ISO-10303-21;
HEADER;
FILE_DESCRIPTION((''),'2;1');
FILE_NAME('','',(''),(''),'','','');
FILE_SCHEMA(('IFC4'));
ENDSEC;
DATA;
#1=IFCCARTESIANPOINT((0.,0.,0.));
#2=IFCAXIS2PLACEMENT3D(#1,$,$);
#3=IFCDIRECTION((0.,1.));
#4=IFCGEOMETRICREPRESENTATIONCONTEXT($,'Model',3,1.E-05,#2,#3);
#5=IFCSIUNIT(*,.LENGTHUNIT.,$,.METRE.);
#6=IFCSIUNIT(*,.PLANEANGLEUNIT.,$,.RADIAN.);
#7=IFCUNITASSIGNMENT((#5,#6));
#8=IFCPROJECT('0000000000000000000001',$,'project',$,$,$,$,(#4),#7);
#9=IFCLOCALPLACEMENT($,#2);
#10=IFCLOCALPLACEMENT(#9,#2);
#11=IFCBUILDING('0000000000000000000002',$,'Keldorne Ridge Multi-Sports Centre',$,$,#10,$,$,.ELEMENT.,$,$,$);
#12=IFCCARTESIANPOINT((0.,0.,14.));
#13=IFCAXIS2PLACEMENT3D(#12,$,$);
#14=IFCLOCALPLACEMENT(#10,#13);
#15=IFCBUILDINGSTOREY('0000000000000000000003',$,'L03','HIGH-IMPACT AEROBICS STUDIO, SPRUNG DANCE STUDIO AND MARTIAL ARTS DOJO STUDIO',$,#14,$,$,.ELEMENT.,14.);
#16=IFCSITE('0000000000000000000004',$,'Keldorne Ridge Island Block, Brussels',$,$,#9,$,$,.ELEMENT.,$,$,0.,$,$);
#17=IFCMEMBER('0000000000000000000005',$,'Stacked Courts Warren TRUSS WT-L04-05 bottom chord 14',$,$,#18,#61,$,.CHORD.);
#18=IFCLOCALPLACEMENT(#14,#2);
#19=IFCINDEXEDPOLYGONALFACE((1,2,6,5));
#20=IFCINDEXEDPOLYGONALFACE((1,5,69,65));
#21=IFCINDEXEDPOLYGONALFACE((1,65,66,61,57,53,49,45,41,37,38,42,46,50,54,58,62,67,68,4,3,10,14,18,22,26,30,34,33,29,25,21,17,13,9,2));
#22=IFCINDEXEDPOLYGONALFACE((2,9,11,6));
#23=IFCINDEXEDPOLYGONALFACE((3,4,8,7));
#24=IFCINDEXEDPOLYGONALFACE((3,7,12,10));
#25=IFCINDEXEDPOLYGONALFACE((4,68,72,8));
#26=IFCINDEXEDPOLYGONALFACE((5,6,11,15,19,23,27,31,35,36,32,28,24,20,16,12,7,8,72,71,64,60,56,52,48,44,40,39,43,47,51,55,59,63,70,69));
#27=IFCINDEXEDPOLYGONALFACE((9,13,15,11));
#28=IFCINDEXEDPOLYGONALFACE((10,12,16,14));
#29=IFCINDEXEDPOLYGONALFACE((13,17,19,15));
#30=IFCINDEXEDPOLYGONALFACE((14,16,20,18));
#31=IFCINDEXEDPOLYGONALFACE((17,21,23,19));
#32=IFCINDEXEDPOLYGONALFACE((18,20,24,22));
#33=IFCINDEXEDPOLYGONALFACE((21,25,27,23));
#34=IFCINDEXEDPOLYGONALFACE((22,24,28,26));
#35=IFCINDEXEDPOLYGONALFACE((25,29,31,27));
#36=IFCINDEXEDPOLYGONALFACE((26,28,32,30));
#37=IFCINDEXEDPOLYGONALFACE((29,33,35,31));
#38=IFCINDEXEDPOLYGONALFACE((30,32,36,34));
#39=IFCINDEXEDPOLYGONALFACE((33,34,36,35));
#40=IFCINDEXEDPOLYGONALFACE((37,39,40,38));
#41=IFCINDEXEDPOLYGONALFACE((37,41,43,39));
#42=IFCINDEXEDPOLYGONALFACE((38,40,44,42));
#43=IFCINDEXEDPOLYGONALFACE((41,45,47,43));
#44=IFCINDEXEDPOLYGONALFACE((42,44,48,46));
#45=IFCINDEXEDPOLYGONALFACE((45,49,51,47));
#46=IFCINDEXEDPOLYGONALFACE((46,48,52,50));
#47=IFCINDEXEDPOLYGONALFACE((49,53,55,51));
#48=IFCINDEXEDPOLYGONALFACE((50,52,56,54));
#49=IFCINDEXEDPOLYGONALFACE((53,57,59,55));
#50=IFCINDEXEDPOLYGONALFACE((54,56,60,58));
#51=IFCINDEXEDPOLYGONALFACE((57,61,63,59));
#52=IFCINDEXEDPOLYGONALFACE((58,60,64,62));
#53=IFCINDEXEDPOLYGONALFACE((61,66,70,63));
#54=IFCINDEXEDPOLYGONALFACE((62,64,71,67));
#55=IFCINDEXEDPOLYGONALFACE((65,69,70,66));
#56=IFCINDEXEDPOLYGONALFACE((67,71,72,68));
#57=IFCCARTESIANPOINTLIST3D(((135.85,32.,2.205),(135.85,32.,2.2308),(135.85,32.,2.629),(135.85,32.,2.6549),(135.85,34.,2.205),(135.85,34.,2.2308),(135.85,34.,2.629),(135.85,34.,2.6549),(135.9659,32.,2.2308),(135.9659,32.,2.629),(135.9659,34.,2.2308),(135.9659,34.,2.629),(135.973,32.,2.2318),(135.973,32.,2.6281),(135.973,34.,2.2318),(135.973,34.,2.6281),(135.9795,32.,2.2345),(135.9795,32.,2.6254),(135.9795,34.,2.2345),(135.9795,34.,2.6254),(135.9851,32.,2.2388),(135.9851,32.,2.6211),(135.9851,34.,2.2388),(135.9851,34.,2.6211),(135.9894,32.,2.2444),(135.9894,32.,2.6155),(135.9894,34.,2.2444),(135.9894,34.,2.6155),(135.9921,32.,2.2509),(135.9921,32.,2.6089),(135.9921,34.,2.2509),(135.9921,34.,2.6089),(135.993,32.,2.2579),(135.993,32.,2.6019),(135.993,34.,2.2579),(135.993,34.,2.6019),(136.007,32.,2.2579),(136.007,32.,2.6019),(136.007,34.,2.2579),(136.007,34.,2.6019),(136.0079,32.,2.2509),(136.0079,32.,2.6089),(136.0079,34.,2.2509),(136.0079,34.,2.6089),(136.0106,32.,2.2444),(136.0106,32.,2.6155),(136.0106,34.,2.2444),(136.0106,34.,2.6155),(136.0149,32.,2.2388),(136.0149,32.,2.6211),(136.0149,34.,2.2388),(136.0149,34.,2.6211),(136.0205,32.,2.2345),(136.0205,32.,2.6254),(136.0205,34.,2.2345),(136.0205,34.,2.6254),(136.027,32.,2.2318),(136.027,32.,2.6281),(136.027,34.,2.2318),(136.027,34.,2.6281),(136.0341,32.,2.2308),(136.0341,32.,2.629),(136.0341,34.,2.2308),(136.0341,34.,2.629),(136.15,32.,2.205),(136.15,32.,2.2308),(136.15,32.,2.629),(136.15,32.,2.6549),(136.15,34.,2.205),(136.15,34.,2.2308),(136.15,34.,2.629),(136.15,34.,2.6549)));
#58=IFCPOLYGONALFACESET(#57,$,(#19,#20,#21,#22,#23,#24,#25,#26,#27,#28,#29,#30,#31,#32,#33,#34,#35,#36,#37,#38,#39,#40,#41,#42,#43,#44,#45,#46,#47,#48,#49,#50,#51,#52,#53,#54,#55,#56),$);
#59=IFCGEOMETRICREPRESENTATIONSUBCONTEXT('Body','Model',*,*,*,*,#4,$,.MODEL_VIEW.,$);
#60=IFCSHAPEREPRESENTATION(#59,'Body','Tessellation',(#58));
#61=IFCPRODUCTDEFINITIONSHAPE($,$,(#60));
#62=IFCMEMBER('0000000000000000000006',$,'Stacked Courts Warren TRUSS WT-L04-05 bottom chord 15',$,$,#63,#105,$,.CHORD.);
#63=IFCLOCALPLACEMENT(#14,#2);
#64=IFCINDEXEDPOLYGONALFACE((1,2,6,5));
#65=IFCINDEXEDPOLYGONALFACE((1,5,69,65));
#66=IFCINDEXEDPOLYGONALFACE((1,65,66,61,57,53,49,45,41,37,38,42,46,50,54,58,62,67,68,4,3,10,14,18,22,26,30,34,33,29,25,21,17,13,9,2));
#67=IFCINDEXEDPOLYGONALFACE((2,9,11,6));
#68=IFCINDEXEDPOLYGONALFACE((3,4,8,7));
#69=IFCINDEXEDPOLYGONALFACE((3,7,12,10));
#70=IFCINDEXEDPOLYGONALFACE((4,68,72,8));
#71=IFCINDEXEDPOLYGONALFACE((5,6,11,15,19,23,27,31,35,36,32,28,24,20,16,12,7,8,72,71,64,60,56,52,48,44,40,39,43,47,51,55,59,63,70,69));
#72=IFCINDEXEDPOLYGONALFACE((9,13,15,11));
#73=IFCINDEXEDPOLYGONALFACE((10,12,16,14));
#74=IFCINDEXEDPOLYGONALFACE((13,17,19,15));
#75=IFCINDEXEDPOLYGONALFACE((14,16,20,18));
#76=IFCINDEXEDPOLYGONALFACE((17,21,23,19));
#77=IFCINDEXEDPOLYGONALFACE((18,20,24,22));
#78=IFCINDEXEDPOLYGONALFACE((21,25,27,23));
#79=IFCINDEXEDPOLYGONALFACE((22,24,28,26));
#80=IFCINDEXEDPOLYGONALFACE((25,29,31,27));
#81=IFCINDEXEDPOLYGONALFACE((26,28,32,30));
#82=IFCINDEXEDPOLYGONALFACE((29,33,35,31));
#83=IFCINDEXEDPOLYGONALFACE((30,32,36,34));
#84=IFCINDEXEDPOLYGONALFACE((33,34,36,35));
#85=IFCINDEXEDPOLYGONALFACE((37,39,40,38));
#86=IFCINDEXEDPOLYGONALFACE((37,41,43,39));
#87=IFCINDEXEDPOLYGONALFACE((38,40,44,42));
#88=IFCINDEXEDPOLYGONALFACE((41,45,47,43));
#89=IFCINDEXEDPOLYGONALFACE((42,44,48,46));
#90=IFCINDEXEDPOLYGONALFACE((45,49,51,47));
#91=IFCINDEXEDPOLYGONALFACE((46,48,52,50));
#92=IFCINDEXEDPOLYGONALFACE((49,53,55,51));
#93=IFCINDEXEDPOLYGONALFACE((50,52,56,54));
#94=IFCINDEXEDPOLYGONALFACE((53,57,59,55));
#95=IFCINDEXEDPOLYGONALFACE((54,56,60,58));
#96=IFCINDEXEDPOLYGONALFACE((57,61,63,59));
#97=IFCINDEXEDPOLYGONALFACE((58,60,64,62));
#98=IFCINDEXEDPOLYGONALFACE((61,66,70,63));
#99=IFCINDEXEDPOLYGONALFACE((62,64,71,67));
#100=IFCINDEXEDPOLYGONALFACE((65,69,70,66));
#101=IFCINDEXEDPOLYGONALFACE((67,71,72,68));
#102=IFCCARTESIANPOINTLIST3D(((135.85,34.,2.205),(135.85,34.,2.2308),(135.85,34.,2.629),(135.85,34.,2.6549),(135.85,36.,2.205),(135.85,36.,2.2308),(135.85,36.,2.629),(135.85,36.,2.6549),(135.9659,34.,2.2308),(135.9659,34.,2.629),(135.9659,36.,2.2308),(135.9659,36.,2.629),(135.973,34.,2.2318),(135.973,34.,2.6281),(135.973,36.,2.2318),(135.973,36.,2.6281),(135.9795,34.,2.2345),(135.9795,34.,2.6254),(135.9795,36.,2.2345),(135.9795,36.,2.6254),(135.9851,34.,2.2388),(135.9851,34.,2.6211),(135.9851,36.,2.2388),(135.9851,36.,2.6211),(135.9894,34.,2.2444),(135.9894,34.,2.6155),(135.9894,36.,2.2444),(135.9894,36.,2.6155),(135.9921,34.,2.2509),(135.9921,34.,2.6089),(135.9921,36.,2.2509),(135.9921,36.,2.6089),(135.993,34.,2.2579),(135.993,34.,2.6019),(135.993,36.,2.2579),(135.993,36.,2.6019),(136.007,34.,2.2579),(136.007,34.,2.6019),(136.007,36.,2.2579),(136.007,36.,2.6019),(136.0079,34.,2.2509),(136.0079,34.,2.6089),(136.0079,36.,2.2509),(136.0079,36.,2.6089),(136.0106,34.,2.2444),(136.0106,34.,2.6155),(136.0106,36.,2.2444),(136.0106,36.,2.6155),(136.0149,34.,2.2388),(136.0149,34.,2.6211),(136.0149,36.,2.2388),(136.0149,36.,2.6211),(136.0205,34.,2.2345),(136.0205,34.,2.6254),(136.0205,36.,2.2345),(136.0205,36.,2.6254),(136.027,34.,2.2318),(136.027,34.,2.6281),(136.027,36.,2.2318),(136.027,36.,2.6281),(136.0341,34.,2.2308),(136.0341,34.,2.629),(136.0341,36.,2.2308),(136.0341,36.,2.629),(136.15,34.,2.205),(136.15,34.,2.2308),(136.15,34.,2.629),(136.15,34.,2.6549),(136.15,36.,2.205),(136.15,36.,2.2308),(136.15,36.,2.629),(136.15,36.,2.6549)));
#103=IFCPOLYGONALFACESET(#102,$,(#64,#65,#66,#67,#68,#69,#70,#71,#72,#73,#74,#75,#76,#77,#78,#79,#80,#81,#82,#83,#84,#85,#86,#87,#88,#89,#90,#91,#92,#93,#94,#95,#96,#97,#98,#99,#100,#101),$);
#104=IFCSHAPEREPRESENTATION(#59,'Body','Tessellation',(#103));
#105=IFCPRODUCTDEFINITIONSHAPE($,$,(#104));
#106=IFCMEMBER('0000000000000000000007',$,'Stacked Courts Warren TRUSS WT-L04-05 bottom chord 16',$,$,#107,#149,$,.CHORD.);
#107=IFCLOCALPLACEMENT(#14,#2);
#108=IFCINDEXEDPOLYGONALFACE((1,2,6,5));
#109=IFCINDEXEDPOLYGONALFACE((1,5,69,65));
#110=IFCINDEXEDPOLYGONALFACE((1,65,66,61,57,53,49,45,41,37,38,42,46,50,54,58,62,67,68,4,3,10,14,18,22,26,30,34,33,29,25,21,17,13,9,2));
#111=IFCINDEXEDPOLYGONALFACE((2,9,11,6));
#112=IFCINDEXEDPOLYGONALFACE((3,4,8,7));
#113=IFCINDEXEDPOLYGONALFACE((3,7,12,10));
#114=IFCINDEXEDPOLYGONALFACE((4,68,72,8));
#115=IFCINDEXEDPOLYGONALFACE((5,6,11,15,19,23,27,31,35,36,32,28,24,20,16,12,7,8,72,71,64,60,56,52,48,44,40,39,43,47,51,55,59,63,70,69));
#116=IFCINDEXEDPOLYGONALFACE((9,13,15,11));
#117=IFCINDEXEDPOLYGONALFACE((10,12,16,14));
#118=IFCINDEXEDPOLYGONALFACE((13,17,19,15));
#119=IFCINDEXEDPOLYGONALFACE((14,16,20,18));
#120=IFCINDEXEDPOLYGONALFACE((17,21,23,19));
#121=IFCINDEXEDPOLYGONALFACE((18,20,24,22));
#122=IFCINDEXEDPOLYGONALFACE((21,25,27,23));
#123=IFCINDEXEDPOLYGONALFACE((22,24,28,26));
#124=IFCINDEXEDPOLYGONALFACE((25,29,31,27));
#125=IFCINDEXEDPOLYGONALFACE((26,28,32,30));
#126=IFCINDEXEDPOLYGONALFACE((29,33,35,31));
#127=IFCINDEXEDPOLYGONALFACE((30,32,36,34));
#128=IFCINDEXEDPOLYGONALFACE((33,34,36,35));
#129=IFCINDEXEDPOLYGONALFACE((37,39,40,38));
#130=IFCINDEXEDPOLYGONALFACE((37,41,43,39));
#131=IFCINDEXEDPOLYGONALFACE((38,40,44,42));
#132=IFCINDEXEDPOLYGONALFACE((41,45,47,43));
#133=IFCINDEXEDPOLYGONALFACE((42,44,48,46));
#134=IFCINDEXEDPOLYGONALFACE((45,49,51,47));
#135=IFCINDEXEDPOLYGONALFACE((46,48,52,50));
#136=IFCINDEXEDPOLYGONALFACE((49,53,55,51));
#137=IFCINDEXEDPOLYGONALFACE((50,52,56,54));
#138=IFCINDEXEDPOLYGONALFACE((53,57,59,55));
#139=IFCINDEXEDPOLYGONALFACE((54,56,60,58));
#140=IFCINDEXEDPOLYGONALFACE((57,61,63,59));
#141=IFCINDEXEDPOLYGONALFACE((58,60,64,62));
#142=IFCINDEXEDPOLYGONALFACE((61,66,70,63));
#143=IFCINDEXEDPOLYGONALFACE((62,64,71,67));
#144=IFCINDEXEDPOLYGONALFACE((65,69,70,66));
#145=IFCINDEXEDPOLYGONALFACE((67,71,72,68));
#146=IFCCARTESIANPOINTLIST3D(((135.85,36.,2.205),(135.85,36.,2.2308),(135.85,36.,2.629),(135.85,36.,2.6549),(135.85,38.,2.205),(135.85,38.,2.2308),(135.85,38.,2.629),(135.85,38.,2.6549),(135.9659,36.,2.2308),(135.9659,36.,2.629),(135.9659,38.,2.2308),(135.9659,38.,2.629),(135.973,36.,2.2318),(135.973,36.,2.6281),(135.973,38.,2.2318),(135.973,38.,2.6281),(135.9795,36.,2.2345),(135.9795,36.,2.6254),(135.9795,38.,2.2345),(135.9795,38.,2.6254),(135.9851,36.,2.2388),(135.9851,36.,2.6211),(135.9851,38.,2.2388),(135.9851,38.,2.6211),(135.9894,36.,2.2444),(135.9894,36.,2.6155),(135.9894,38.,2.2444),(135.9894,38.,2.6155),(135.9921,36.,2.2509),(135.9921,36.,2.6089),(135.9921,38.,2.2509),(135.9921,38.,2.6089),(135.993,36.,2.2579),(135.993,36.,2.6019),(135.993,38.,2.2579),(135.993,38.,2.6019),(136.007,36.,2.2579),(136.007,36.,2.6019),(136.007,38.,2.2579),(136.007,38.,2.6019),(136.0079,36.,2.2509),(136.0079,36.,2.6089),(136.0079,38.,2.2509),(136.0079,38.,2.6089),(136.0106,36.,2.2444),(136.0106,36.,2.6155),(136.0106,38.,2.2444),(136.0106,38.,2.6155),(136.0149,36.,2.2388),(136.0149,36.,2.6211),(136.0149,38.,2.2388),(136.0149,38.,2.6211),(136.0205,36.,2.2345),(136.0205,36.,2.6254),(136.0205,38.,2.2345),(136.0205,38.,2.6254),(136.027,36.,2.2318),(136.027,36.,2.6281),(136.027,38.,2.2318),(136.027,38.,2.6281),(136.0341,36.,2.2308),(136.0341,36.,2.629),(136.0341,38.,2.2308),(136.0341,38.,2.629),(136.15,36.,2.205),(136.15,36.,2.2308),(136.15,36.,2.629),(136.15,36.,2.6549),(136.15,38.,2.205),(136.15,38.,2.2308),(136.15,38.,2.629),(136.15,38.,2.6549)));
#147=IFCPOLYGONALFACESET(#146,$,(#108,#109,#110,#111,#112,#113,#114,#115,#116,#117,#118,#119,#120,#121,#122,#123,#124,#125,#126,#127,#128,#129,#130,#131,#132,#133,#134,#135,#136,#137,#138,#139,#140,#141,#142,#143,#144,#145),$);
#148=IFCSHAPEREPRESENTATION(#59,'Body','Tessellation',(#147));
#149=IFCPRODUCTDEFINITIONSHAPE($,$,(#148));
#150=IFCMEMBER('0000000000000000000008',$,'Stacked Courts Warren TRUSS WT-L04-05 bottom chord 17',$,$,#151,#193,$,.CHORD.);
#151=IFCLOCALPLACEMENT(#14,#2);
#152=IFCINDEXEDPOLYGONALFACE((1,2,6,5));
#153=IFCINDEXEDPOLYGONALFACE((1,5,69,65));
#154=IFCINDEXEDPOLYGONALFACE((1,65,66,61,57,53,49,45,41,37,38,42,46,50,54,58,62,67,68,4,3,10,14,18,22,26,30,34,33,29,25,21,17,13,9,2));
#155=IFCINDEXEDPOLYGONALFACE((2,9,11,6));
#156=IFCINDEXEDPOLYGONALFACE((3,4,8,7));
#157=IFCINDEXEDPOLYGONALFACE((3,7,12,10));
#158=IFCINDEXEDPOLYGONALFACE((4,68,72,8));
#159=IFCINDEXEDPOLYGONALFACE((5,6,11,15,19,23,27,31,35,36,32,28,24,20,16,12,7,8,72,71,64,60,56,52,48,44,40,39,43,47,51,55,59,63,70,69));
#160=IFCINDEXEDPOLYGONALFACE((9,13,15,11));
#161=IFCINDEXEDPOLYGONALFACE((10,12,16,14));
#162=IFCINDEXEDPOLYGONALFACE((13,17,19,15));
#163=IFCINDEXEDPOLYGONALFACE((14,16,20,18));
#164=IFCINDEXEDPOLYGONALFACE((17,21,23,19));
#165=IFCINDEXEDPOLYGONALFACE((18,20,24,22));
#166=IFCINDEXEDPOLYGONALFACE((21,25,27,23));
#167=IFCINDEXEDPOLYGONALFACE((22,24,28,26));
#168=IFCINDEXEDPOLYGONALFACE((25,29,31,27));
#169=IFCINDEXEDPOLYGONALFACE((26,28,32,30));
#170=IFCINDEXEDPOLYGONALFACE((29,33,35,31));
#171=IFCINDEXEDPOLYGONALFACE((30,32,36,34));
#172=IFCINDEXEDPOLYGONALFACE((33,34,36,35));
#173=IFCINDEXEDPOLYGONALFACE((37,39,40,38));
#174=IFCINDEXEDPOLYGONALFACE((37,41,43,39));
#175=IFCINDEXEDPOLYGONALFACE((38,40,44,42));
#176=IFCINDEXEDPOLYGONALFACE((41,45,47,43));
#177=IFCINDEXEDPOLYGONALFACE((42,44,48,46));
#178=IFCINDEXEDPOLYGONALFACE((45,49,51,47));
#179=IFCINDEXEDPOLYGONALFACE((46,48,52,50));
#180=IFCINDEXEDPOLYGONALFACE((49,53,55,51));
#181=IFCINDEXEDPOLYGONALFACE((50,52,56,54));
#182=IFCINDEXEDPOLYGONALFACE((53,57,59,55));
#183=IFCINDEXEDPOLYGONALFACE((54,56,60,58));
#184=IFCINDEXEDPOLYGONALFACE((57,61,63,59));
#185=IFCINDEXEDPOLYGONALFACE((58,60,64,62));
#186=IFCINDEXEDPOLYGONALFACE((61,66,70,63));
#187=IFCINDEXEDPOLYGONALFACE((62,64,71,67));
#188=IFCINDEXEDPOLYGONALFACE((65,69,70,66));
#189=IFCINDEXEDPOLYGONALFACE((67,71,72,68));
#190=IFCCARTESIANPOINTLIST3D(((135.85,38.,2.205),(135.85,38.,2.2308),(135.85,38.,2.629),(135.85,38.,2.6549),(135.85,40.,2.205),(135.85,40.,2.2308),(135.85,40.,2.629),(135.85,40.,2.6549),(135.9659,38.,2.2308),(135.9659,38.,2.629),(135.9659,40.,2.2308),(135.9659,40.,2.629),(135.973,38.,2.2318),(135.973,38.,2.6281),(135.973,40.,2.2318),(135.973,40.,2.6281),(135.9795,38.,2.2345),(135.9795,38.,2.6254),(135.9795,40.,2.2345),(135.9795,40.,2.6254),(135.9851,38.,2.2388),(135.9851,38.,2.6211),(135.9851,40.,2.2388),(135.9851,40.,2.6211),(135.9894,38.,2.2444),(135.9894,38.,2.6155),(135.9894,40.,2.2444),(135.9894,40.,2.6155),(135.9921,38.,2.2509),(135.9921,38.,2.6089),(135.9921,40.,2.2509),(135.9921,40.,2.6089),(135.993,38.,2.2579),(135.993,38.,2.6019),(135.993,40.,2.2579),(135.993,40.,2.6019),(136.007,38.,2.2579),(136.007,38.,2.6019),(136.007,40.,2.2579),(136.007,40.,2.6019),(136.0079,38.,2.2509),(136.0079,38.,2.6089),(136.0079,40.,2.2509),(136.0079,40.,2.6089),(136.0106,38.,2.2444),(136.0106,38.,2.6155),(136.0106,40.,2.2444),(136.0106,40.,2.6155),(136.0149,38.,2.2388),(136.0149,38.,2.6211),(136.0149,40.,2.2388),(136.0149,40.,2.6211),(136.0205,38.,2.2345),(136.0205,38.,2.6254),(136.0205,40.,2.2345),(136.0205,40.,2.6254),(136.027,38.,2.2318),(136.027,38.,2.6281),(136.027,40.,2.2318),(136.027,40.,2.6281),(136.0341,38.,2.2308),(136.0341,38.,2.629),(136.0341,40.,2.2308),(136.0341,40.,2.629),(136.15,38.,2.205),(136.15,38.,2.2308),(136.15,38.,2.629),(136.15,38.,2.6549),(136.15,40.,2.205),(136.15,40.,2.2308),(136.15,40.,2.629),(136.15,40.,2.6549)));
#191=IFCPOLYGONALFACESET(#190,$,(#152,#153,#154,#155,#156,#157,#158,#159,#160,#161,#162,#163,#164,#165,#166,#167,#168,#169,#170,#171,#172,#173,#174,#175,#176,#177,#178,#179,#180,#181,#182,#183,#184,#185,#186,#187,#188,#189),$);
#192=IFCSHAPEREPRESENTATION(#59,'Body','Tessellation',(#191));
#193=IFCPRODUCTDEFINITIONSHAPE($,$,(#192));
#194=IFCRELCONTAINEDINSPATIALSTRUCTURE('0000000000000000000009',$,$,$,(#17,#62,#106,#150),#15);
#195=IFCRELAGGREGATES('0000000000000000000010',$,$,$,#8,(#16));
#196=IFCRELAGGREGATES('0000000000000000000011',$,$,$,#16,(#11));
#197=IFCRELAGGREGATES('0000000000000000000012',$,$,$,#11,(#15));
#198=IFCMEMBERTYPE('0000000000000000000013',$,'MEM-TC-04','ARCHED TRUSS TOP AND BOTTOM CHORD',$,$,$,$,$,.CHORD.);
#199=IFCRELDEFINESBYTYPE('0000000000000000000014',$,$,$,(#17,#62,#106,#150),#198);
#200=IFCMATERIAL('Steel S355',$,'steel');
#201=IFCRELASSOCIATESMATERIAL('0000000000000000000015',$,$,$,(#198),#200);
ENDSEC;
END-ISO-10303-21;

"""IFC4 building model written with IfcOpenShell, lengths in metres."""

from ifc_helpers import new_model, si_unit, direction, frame, origin, origin_2d, place, context, subcontext, project, spatial, i_section, extrude, material, material_profile, profile_set, type_object, element, save


model = new_model("IFC4")

# Units and contexts
model_context = context("Model", 3, precision=1e-05, world=origin(), true_north=direction((0.0, 1.0)))
body_context = subcontext(model_context, "Body", "Model", "MODEL_VIEW")
ifc_project = project(units=[si_unit("LENGTHUNIT", "METRE"), si_unit("PLANEANGLEUNIT", "RADIAN")], contexts=[model_context])

# Site, building, storey
site_placement = place(None, origin())
site = spatial("IfcSite", under=ifc_project, at=site_placement, Name="Keldorne Ridge Island Block, Brussels", CompositionType="ELEMENT", RefElevation=0.0)
building_placement = place(site_placement, origin())
building = spatial("IfcBuilding", under=site, at=building_placement, Name="Keldorne Ridge Multi-Sports Centre", CompositionType="ELEMENT")
storey_placement = place(building_placement, frame((0.0, 0.0, 14.0)))
storey = spatial("IfcBuildingStorey", under=building, at=storey_placement, Name="L03", Description="HIGH-IMPACT AEROBICS STUDIO, SPRUNG DANCE STUDIO AND MARTIAL ARTS DOJO STUDIO", CompositionType="ELEMENT", Elevation=14.0)

# Members
ifc_material = material(Name="Steel S355", Category="steel")
ifc_material_profile_1 = material_profile(ifc_material, i_section(OverallWidth=0.3, OverallDepth=0.45, WebThickness=0.0139, FlangeThickness=0.0259, FilletRadius=0.0271, at=origin_2d()), Name="HEB 450")
ifc_profile_set_1 = profile_set([ifc_material_profile_1], Name="Steel S355")
member_type_1 = type_object("IfcMemberType", Name="MEM-TC-04", Description="ARCHED TRUSS TOP AND BOTTOM CHORD", PredefinedType="CHORD", material=ifc_profile_set_1)
for number, where, z_axis, x_axis, name in (
    (1, (136.0, 32.0, 2.4299), (0.0, 1.0, 0.0), (-1.0, 0.0, 0.0), "Stacked Courts Warren TRUSS WT-L04-05 bottom chord 14"),
    (2, (136.0, 34.0, 2.4299), (0.0, 1.0, 0.0), (-1.0, 0.0, 0.0), "Stacked Courts Warren TRUSS WT-L04-05 bottom chord 15"),
    (3, (136.0, 36.0, 2.4299), (0.0, 1.0, 0.0), (-1.0, 0.0, 0.0), "Stacked Courts Warren TRUSS WT-L04-05 bottom chord 16"),
    (4, (136.0, 38.0, 2.4299), (0.0, 1.0, 0.0), (-1.0, 0.0, 0.0), "Stacked Courts Warren TRUSS WT-L04-05 bottom chord 17"),
):
    element("IfcMember", number, at=place(storey_placement, frame(where, z_axis=z_axis, x_axis=x_axis)), inside=storey, type_object=member_type_1, Name=name, PredefinedType="CHORD", context=body_context, shape_type="SweptSolid", body=[
        extrude(i_section(OverallWidth=0.3, OverallDepth=0.45, WebThickness=0.0139, FlangeThickness=0.0259, FilletRadius=0.0271, at=origin_2d()), origin(), (0.0, 0.0, 1.0), 2.0),
    ])

save(model, "model.ifc")
